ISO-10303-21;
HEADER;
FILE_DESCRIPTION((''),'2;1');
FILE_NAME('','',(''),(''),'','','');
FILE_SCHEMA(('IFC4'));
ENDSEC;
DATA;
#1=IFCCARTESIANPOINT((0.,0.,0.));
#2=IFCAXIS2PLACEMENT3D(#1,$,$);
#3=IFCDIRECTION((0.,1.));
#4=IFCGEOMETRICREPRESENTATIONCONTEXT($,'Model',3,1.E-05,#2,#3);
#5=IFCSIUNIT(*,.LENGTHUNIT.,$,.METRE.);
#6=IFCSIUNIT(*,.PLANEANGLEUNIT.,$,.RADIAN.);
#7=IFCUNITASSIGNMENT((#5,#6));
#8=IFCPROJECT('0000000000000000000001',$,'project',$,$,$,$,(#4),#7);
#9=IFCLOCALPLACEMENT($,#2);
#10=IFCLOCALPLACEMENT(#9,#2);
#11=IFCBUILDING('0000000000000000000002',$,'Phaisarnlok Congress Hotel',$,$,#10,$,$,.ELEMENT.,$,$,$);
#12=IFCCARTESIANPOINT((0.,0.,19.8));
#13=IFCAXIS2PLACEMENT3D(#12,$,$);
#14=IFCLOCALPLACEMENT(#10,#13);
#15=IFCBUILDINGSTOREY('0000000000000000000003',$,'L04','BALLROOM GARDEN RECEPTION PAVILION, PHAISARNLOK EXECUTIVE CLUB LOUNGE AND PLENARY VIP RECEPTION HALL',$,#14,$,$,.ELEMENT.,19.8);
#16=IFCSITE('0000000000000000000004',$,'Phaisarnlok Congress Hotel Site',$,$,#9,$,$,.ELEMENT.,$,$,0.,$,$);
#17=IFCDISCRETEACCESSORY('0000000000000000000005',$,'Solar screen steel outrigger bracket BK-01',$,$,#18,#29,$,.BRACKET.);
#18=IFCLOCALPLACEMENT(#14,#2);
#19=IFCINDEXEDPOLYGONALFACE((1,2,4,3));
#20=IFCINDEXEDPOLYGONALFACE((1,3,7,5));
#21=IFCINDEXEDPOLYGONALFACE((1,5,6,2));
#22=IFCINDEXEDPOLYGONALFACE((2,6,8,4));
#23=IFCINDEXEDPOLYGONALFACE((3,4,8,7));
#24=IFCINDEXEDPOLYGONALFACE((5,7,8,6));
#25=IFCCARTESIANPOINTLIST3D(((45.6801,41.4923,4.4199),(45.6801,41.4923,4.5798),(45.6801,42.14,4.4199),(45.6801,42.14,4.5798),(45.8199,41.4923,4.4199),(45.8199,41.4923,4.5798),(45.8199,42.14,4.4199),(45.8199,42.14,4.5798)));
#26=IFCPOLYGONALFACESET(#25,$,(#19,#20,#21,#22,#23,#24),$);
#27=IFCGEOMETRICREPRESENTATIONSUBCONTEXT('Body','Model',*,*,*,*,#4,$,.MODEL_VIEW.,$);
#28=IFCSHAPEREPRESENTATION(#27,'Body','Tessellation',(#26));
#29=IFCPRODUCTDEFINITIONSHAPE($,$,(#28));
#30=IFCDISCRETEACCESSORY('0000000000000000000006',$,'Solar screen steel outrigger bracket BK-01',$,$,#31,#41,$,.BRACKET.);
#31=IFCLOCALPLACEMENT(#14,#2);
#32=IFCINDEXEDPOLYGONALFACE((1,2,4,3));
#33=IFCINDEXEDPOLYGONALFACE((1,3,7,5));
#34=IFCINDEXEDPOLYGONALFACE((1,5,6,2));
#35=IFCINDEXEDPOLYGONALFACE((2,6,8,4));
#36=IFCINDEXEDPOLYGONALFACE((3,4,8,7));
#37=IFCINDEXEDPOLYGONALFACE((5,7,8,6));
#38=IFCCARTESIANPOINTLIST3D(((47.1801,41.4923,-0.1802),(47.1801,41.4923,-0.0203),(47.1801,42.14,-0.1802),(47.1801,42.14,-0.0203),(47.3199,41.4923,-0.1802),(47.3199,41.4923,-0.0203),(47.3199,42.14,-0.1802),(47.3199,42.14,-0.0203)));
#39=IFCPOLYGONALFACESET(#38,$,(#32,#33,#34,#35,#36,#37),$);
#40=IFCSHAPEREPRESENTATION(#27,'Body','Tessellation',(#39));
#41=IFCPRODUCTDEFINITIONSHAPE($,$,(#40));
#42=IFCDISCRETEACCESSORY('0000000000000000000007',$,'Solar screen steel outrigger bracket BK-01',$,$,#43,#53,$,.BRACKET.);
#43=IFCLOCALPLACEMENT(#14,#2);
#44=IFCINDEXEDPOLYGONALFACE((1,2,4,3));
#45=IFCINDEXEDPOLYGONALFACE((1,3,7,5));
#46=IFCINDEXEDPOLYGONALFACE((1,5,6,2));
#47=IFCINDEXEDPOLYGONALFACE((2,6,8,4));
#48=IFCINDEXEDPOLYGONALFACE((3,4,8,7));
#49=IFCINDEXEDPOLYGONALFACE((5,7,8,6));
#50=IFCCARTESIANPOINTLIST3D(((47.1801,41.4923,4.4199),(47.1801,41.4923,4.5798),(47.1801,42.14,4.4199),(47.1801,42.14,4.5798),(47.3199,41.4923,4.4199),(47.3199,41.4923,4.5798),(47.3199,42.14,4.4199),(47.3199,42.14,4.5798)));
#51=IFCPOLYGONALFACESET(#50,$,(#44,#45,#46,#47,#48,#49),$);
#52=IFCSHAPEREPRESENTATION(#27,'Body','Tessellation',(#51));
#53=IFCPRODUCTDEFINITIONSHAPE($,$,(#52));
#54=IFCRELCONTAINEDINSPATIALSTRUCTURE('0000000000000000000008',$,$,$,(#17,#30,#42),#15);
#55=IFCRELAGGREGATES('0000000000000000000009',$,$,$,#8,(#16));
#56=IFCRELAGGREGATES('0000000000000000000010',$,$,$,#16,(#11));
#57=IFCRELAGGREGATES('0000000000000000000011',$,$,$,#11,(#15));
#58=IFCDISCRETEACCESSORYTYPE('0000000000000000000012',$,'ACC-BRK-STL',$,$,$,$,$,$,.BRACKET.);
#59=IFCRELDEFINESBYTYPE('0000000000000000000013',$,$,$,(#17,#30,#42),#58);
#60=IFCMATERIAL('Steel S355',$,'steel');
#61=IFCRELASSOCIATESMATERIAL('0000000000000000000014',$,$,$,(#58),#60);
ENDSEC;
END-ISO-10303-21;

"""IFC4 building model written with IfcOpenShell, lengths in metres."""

from ifc_helpers import new_model, si_unit, direction, frame, origin, origin_2d, place, context, subcontext, project, spatial, rectangle, extrude, material, type_object, element, save


model = new_model("IFC4")

# Units and contexts
model_context = context("Model", 3, precision=1e-05, world=origin(), true_north=direction((0.0, 1.0)))
body_context = subcontext(model_context, "Body", "Model", "MODEL_VIEW")
ifc_project = project(units=[si_unit("LENGTHUNIT", "METRE"), si_unit("PLANEANGLEUNIT", "RADIAN")], contexts=[model_context])

# Site, building, storey
site_placement = place(None, origin())
site = spatial("IfcSite", under=ifc_project, at=site_placement, Name="Phaisarnlok Congress Hotel Site", CompositionType="ELEMENT", RefElevation=0.0)
building_placement = place(site_placement, origin())
building = spatial("IfcBuilding", under=site, at=building_placement, Name="Phaisarnlok Congress Hotel", CompositionType="ELEMENT")
storey_placement = place(building_placement, frame((0.0, 0.0, 19.8)))
storey = spatial("IfcBuildingStorey", under=building, at=storey_placement, Name="L04", Description="BALLROOM GARDEN RECEPTION PAVILION, PHAISARNLOK EXECUTIVE CLUB LOUNGE AND PLENARY VIP RECEPTION HALL", CompositionType="ELEMENT", Elevation=19.8)

# Shared definitions
ifc_material_1 = material(Name="Steel S355", Category="steel")

# Discrete accessories
discrete_accessory_type = type_object("IfcDiscreteAccessoryType", Name="ACC-BRK-STL", PredefinedType="BRACKET", material=ifc_material_1)
for number, where, z_axis, x_axis, name in (
    (1, (45.75, 41.8162, 4.4199), (0.0, 0.0, 1.0), (1.0, 0.0, 0.0), "Solar screen steel outrigger bracket BK-01"),
    (2, (47.25, 41.8162, -0.1802), (0.0, 0.0, 1.0), (1.0, 0.0, 0.0), "Solar screen steel outrigger bracket BK-01"),
    (3, (47.25, 41.8162, 4.4199), (0.0, 0.0, 1.0), (1.0, 0.0, 0.0), "Solar screen steel outrigger bracket BK-01"),
):
    element("IfcDiscreteAccessory", number, at=place(storey_placement, frame(where, z_axis=z_axis, x_axis=x_axis)), inside=storey, type_object=discrete_accessory_type, Name=name, PredefinedType="BRACKET", context=body_context, shape_type="SweptSolid", body=[
        extrude(rectangle(XDim=0.1399, YDim=0.6477, at=origin_2d()), origin(), (0.0, 0.0, 1.0), 0.1599),
    ])

save(model, "model.ifc")
